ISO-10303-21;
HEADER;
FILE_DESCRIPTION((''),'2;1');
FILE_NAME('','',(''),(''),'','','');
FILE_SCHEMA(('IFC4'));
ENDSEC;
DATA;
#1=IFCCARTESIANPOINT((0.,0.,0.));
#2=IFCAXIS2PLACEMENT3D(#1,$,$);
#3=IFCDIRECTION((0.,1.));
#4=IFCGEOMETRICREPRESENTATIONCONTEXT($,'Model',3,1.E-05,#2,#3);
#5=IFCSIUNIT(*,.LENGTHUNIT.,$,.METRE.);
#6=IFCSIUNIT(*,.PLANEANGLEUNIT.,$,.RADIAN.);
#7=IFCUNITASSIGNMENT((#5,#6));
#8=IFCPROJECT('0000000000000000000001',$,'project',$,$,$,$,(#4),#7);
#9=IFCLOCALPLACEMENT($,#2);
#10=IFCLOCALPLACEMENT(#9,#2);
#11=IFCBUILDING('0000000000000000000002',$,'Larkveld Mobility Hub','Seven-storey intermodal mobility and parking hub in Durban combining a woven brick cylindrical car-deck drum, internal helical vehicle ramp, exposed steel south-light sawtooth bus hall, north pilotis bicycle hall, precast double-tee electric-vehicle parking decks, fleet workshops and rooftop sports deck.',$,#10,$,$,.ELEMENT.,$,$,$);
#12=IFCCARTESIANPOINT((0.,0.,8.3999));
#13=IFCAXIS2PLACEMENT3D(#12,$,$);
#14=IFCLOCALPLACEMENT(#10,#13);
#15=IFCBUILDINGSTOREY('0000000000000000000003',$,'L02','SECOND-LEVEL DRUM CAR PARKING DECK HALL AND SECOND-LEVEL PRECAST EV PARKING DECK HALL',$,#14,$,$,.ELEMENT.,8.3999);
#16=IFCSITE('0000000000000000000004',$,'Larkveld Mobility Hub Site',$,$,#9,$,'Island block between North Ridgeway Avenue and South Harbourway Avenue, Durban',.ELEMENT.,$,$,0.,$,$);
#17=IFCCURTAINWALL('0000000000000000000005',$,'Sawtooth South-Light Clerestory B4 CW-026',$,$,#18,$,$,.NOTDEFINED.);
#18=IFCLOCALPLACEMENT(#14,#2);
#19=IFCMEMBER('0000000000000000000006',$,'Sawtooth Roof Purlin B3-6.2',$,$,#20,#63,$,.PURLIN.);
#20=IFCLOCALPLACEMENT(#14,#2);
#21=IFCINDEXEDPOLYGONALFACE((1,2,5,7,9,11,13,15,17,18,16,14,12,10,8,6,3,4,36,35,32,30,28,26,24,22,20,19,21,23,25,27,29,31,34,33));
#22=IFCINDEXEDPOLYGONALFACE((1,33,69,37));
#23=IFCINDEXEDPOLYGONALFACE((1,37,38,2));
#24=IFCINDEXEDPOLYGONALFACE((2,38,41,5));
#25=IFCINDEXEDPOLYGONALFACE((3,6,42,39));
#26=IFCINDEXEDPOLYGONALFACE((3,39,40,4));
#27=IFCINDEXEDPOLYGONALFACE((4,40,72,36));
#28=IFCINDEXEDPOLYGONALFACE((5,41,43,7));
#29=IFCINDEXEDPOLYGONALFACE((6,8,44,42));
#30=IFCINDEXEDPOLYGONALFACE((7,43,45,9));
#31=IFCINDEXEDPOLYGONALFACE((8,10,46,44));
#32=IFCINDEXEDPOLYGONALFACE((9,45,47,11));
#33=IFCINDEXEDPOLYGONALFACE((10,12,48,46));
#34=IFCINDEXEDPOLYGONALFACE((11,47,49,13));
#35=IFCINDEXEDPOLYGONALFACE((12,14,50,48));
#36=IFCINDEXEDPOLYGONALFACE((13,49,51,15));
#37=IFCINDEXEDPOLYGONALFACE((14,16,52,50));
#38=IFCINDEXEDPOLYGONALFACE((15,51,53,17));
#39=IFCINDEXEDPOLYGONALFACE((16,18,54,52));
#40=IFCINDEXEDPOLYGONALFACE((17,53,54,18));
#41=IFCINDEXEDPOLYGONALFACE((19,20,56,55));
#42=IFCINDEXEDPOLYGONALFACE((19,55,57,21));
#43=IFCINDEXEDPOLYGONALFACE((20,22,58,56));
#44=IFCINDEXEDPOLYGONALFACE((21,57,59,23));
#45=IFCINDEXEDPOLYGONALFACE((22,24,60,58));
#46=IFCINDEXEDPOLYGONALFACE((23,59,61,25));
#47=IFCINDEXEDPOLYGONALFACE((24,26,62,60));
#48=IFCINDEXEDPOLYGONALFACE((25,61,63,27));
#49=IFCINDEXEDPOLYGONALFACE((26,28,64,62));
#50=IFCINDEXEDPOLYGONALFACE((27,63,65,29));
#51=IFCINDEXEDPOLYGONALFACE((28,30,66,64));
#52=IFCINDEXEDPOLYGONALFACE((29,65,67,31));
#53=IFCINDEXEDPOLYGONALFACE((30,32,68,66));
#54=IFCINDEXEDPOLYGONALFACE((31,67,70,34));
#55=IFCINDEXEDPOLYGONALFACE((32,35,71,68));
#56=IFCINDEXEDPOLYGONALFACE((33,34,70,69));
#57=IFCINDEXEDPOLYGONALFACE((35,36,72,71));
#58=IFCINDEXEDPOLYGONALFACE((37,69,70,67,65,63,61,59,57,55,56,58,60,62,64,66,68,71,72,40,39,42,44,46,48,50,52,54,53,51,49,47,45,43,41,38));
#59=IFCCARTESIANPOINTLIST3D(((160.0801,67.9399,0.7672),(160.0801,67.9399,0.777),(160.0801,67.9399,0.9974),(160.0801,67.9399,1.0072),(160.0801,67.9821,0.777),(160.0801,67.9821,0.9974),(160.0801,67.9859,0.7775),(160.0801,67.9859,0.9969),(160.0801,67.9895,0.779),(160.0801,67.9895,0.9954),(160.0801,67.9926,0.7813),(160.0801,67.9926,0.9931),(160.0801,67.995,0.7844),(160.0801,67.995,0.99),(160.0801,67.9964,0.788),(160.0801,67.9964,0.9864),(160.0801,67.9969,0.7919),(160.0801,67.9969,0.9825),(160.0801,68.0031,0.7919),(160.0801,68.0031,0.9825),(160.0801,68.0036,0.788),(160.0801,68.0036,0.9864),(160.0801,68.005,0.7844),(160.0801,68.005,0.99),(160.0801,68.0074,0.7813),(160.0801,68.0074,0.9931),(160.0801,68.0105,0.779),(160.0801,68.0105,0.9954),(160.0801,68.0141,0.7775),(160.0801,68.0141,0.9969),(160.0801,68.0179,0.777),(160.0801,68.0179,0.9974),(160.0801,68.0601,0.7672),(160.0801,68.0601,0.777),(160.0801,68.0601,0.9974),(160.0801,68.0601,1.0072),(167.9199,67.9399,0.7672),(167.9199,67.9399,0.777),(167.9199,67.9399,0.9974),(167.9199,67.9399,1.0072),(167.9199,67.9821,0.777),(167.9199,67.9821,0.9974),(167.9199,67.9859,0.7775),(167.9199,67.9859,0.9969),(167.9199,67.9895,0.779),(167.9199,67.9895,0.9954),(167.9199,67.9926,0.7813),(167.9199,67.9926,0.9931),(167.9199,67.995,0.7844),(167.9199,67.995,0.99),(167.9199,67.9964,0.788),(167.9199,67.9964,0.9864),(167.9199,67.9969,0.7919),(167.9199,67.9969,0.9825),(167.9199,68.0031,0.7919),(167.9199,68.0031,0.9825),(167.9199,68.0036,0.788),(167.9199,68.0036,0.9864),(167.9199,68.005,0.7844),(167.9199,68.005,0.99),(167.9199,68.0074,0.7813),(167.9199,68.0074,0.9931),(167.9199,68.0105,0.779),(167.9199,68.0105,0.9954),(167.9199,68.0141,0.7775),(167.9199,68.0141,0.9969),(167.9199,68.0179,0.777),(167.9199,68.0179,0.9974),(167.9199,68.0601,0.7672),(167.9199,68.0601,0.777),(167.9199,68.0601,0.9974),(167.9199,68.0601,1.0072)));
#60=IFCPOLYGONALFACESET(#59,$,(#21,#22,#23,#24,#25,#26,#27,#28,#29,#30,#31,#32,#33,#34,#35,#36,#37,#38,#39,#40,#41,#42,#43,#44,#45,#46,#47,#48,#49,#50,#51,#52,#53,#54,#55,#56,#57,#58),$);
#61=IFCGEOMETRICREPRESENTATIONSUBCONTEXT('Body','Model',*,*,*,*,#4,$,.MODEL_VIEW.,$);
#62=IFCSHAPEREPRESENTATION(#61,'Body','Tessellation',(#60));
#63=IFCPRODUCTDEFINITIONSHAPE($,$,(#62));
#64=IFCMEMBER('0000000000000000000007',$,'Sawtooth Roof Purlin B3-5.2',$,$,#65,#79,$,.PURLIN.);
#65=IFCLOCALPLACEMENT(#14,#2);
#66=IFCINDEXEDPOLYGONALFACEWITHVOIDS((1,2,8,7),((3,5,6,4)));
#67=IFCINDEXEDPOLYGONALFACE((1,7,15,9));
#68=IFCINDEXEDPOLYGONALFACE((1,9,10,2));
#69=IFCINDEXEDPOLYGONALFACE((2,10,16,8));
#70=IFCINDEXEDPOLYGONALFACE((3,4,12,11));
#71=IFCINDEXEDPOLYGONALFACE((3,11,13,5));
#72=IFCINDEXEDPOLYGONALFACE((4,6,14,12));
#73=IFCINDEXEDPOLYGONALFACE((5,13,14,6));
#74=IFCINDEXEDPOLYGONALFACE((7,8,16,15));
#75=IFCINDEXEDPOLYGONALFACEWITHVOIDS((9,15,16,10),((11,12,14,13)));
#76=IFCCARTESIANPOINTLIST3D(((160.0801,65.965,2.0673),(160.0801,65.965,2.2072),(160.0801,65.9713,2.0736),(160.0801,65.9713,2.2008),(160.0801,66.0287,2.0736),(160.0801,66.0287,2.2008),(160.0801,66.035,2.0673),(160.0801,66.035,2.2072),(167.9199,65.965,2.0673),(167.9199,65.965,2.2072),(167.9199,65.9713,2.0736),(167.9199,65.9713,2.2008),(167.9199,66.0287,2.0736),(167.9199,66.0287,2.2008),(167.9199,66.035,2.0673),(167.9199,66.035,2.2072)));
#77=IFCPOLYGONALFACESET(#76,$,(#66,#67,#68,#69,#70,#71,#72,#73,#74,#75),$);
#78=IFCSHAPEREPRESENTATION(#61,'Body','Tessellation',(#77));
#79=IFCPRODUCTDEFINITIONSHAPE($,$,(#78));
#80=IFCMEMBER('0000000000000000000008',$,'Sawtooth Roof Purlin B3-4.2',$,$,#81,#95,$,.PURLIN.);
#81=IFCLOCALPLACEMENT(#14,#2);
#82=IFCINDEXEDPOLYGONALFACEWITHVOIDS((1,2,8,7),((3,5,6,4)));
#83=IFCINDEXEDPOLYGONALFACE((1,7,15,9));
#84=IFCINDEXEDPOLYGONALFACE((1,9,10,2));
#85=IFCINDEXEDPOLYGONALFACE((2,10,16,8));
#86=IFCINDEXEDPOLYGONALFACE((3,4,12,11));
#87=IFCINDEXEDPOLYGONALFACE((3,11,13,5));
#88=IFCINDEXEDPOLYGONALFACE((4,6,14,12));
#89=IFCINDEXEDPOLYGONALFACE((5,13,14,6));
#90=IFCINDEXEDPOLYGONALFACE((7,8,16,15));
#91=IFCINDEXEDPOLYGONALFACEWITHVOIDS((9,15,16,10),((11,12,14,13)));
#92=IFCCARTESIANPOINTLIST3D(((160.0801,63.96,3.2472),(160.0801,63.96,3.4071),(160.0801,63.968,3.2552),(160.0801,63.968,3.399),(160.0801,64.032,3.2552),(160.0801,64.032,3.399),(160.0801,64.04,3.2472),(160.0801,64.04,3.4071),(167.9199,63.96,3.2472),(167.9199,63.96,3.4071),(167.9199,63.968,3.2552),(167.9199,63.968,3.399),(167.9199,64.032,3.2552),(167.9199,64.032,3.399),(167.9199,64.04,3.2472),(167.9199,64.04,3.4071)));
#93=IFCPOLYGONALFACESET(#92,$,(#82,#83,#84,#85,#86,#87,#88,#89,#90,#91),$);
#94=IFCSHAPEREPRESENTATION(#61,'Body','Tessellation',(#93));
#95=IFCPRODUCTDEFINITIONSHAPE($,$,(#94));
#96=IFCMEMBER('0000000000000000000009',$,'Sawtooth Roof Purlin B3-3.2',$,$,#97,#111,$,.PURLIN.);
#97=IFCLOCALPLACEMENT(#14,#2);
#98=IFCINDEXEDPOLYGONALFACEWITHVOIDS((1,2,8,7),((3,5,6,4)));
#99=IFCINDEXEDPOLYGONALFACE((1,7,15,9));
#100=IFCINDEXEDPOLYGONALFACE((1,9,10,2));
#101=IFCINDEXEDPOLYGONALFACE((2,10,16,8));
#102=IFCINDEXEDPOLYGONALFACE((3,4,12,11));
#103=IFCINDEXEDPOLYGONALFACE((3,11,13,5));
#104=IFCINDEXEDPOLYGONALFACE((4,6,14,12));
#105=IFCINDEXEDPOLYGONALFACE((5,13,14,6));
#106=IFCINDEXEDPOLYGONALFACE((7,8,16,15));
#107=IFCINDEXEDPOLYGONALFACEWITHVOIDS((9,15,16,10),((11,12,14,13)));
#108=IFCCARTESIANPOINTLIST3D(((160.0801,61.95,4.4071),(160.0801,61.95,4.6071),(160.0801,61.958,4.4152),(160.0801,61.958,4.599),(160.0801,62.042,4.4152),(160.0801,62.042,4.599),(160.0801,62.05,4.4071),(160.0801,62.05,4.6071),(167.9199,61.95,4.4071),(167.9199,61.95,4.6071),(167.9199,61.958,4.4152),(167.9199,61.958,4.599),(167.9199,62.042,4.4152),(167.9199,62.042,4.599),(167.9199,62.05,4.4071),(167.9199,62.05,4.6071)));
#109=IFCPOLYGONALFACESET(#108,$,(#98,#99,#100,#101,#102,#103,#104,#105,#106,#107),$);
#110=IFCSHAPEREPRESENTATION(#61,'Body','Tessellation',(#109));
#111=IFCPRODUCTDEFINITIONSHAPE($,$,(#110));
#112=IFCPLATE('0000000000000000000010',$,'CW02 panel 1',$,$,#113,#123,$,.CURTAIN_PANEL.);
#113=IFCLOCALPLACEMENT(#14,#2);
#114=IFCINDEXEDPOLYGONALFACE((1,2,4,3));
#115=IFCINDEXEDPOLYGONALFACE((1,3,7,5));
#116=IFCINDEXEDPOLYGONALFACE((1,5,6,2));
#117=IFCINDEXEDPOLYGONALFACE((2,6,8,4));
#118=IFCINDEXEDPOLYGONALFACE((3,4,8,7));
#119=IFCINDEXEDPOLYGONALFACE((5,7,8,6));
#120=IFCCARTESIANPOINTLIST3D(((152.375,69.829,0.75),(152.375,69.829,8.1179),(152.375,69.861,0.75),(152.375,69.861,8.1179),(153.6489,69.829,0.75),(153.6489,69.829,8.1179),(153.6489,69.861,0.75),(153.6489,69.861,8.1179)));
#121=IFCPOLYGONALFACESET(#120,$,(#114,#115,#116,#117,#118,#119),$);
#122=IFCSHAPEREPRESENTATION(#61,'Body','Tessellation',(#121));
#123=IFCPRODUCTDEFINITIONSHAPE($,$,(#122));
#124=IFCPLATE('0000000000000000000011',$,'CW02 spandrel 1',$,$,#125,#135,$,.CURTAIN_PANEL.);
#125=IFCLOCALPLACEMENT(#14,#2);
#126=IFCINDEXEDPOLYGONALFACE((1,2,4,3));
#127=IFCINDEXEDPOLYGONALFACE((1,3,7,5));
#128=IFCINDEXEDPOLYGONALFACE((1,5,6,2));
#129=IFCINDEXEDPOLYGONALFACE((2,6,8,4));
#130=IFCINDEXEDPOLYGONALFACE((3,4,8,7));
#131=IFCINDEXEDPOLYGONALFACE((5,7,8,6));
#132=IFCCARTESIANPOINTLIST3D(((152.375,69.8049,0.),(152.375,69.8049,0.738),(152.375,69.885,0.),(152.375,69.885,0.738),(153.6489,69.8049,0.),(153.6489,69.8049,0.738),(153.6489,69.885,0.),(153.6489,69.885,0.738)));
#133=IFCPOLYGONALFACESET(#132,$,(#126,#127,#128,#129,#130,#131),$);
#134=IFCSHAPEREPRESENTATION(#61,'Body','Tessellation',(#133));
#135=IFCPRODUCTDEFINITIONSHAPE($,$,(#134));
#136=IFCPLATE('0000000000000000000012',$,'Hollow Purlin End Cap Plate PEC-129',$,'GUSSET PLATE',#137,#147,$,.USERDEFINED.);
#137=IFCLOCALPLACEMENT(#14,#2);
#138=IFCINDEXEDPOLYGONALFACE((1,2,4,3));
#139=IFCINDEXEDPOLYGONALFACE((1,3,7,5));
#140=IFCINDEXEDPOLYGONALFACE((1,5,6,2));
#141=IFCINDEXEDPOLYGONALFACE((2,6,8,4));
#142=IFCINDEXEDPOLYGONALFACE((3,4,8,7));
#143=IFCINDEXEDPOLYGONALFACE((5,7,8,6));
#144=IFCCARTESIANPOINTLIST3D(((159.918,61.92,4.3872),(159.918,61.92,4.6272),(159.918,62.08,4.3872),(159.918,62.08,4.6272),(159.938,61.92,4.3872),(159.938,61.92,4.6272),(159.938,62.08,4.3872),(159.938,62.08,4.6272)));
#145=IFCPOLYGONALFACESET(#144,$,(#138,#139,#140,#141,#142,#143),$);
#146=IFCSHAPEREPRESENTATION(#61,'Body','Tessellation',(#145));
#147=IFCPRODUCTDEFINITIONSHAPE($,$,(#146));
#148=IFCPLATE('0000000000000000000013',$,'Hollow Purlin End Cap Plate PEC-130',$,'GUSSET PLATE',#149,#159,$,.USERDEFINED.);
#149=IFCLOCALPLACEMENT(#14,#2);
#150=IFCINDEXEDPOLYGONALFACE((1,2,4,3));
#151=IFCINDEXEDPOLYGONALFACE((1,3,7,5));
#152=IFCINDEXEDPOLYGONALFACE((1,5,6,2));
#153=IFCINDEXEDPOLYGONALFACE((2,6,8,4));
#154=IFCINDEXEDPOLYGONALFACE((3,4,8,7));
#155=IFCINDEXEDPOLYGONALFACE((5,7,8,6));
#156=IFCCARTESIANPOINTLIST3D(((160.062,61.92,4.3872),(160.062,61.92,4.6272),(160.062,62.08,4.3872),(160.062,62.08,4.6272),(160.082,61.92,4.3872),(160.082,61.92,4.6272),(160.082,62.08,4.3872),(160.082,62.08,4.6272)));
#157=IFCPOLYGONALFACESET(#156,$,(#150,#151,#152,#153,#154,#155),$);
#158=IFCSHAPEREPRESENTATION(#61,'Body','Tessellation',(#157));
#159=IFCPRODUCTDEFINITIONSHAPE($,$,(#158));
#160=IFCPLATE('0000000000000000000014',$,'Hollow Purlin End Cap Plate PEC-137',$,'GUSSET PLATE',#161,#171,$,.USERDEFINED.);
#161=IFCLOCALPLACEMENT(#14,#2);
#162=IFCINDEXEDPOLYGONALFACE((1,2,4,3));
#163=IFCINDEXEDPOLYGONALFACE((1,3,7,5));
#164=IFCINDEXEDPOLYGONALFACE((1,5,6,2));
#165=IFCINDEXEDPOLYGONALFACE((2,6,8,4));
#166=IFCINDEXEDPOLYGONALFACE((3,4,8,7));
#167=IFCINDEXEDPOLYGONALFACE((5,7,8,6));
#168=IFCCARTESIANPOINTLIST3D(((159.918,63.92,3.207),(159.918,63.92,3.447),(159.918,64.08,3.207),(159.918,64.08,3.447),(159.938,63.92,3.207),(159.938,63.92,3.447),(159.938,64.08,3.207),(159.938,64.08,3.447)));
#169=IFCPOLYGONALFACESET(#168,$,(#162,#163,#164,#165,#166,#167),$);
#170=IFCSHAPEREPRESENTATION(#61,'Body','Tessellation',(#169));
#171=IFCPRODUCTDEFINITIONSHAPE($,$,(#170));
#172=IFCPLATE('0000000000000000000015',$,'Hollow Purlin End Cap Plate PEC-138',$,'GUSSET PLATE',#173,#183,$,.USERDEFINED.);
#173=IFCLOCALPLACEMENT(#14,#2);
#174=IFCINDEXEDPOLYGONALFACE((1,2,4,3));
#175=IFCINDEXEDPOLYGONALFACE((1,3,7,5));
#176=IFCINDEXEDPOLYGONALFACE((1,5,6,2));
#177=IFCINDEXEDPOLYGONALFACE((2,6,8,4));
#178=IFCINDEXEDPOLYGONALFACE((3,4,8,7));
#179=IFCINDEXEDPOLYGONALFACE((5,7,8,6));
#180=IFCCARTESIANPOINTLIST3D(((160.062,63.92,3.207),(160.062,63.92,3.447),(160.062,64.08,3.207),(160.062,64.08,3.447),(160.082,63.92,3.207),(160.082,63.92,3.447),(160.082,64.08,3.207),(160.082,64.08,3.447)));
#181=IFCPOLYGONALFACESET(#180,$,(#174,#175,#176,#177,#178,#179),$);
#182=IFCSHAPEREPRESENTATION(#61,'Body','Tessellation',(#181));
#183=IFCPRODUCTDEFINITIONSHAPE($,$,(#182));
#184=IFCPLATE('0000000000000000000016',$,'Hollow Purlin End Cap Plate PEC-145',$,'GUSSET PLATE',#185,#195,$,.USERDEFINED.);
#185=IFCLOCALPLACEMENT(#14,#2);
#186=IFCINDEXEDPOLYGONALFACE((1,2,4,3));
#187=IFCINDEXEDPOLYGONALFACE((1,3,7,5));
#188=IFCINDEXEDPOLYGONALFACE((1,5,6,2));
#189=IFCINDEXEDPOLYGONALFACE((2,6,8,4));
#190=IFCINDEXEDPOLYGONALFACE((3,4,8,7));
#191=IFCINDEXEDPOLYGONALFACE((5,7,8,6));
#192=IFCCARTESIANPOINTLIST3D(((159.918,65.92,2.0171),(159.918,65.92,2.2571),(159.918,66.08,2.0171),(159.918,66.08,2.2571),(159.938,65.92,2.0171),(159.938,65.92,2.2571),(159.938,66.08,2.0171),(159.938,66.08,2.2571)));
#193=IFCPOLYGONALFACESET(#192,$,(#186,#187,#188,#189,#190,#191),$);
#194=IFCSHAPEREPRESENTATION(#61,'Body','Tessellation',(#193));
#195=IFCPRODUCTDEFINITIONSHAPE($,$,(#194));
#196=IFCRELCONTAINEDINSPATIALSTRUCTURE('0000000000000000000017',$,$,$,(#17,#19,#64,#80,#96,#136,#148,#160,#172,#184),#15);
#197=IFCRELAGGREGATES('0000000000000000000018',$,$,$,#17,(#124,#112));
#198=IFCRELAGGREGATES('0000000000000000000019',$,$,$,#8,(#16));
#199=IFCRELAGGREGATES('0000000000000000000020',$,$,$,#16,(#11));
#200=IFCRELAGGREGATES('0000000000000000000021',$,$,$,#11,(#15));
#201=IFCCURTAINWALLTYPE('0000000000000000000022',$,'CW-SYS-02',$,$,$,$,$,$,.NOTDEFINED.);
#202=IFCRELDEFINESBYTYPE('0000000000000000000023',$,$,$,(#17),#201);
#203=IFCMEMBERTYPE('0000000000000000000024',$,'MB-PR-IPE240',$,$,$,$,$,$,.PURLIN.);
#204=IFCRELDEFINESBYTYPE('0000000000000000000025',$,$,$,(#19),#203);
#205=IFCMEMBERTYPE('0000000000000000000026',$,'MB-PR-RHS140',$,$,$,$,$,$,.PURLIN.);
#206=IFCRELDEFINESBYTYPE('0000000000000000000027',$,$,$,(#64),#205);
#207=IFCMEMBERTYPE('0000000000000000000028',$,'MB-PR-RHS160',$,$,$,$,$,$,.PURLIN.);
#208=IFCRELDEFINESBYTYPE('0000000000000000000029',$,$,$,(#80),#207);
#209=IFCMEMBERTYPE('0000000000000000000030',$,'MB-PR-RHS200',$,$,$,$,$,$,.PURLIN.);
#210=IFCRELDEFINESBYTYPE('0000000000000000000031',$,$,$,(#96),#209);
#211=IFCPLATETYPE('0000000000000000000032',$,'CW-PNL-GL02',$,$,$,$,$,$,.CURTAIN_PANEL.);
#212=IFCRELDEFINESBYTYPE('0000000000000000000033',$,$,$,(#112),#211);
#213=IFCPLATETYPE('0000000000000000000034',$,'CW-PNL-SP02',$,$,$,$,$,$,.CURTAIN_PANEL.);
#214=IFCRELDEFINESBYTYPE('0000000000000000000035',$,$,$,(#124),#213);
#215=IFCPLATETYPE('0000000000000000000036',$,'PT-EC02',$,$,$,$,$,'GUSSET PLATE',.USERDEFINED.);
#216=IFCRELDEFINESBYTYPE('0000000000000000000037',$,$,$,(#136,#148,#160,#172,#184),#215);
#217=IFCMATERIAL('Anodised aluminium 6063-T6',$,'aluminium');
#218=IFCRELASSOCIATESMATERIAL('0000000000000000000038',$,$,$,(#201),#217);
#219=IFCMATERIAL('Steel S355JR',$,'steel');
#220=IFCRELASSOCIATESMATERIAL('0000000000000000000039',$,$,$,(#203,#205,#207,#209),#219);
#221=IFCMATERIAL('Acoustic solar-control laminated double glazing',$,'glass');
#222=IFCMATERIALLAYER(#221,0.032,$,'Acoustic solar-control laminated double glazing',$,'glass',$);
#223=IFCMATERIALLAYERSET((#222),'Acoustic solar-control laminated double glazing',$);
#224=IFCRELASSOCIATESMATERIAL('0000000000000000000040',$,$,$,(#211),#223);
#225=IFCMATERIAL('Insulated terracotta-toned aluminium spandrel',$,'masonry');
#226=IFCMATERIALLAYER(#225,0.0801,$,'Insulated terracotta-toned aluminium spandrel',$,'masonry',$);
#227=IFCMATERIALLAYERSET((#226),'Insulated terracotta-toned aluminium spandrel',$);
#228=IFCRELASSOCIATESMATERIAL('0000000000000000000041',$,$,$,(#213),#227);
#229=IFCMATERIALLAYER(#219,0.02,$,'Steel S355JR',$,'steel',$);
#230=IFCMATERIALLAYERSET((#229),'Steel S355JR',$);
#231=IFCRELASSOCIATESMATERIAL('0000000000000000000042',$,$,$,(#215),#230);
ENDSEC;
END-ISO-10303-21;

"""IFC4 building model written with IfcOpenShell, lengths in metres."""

from ifc_helpers import new_model, si_unit, direction, frame, origin, origin_2d, place, context, subcontext, project, spatial, rectangle, hollow_rectangle, i_section, extrude, material, layer, layer_set, material_profile, profile_set, type_object, element, aggregate, save


model = new_model("IFC4")

# Units and contexts
model_context = context("Model", 3, precision=1e-05, world=origin(), true_north=direction((0.0, 1.0)))
body_context = subcontext(model_context, "Body", "Model", "MODEL_VIEW")
ifc_project = project(units=[si_unit("LENGTHUNIT", "METRE"), si_unit("PLANEANGLEUNIT", "RADIAN")], contexts=[model_context])

# Site, building, storey
site_placement = place(None, origin())
site = spatial("IfcSite", under=ifc_project, at=site_placement, Name="Larkveld Mobility Hub Site", LongName="Island block between North Ridgeway Avenue and South Harbourway Avenue, Durban", CompositionType="ELEMENT", RefElevation=0.0)
building_placement = place(site_placement, origin())
building = spatial("IfcBuilding", under=site, at=building_placement, Name="Larkveld Mobility Hub", Description="Seven-storey intermodal mobility and parking hub in Durban combining a woven brick cylindrical car-deck drum, internal helical vehicle ramp, exposed steel south-light sawtooth bus hall, north pilotis bicycle hall, precast double-tee electric-vehicle parking decks, fleet workshops and rooftop sports deck.", CompositionType="ELEMENT")
storey_placement = place(building_placement, frame((0.0, 0.0, 8.3999)))
storey = spatial("IfcBuildingStorey", under=building, at=storey_placement, Name="L02", Description="SECOND-LEVEL DRUM CAR PARKING DECK HALL AND SECOND-LEVEL PRECAST EV PARKING DECK HALL", CompositionType="ELEMENT", Elevation=8.3999)

# Curtain wall
ifc_material_1 = material(Name="Anodised aluminium 6063-T6", Category="aluminium")
curtain_wall_type = type_object("IfcCurtainWallType", Name="CW-SYS-02", PredefinedType="NOTDEFINED", material=ifc_material_1)
curtain_wall_placement = place(storey_placement, origin())
curtain_wall = element("IfcCurtainWall", 1, at=curtain_wall_placement, inside=storey, type_object=curtain_wall_type, Name="Sawtooth South-Light Clerestory B4 CW-026", PredefinedType="NOTDEFINED")

# Members
ifc_material_2 = material(Name="Steel S355JR", Category="steel")
ifc_material_profile_1 = material_profile(ifc_material_2, i_section(OverallWidth=0.1201, OverallDepth=0.24, WebThickness=0.0061, FlangeThickness=0.0098, FilletRadius=0.0149, at=origin_2d()), Name="IPE 240")
ifc_profile_set_1 = profile_set([ifc_material_profile_1], Name="Steel S355JR")
member_type_1 = type_object("IfcMemberType", Name="MB-PR-IPE240", PredefinedType="PURLIN", material=ifc_profile_set_1)
for number, where, z_axis, x_axis, name in (
    (2, (160.0801, 68.0, 0.8872), (1.0, 0.0, 0.0), (0.0, 1.0, 0.0), "Sawtooth Roof Purlin B3-6.2"),
):
    element("IfcMember", number, at=place(storey_placement, frame(where, z_axis=z_axis, x_axis=x_axis)), inside=storey, type_object=member_type_1, Name=name, PredefinedType="PURLIN", context=body_context, shape_type="SweptSolid", body=[
        extrude(i_section(OverallWidth=0.1201, OverallDepth=0.24, WebThickness=0.0061, FlangeThickness=0.0098, FilletRadius=0.0149, at=origin_2d()), origin(), (0.0, 0.0, 1.0), 7.8398),
    ])
ifc_material_profile_2 = material_profile(ifc_material_2, hollow_rectangle(XDim=0.0701, YDim=0.1399, WallThickness=0.0063, at=origin_2d()), Name="RHS 140x70x6.3")
ifc_profile_set_2 = profile_set([ifc_material_profile_2], Name="Steel S355JR")
member_type_2 = type_object("IfcMemberType", Name="MB-PR-RHS140", PredefinedType="PURLIN", material=ifc_profile_set_2)
member_1_placement = place(storey_placement, frame((160.0801, 66.0, 2.1372), z_axis=(1.0, 0.0, 0.0), x_axis=(0.0, 1.0, 0.0)))
element("IfcMember", 3, at=member_1_placement, inside=storey, type_object=member_type_2, Name="Sawtooth Roof Purlin B3-5.2", PredefinedType="PURLIN", context=body_context, shape_type="SweptSolid", body=[
    extrude(hollow_rectangle(XDim=0.0701, YDim=0.1399, WallThickness=0.0063, at=origin_2d()), origin(), (0.0, 0.0, 1.0), 7.8398),
])
ifc_material_profile_3 = material_profile(ifc_material_2, hollow_rectangle(XDim=0.0801, YDim=0.1599, WallThickness=0.0081, at=origin_2d()), Name="RHS 160x80x8")
ifc_profile_set_3 = profile_set([ifc_material_profile_3], Name="Steel S355JR")
member_type_3 = type_object("IfcMemberType", Name="MB-PR-RHS160", PredefinedType="PURLIN", material=ifc_profile_set_3)
member_2_placement = place(storey_placement, frame((160.0801, 64.0, 3.3271), z_axis=(1.0, 0.0, 0.0), x_axis=(0.0, 1.0, 0.0)))
element("IfcMember", 4, at=member_2_placement, inside=storey, type_object=member_type_3, Name="Sawtooth Roof Purlin B3-4.2", PredefinedType="PURLIN", context=body_context, shape_type="SweptSolid", body=[
    extrude(hollow_rectangle(XDim=0.0801, YDim=0.1599, WallThickness=0.0081, at=origin_2d()), origin(), (0.0, 0.0, 1.0), 7.8398),
])
ifc_material_profile_4 = material_profile(ifc_material_2, hollow_rectangle(XDim=0.1001, YDim=0.2, WallThickness=0.0081, at=origin_2d()), Name="RHS 200x100x8")
ifc_profile_set_4 = profile_set([ifc_material_profile_4], Name="Steel S355JR")
member_type_4 = type_object("IfcMemberType", Name="MB-PR-RHS200", PredefinedType="PURLIN", material=ifc_profile_set_4)
member_3_placement = place(storey_placement, frame((160.0801, 62.0, 4.5071), z_axis=(1.0, 0.0, 0.0), x_axis=(0.0, 1.0, 0.0)))
element("IfcMember", 5, at=member_3_placement, inside=storey, type_object=member_type_4, Name="Sawtooth Roof Purlin B3-3.2", PredefinedType="PURLIN", context=body_context, shape_type="SweptSolid", body=[
    extrude(hollow_rectangle(XDim=0.1001, YDim=0.2, WallThickness=0.0081, at=origin_2d()), origin(), (0.0, 0.0, 1.0), 7.8398),
])

# Plates
ifc_material_3 = material(Name="Acoustic solar-control laminated double glazing", Category="glass")
ifc_layer_1 = layer(ifc_material_3, 0.032, Name="Acoustic solar-control laminated double glazing", Category="glass")
ifc_layer_set_1 = layer_set([ifc_layer_1], Name="Acoustic solar-control laminated double glazing")
plate_type_1 = type_object("IfcPlateType", Name="CW-PNL-GL02", PredefinedType="CURTAIN_PANEL", material=ifc_layer_set_1)
plate_1_placement = place(storey_placement, frame((153.012, 69.845, 0.75), z_axis=(0.0, 0.0, 1.0), x_axis=(1.0, 0.0, 0.0)))
plate_1 = element("IfcPlate", 6, at=plate_1_placement, type_object=plate_type_1, Name="CW02 panel 1", PredefinedType="CURTAIN_PANEL", context=body_context, shape_type="SweptSolid", body=[
    extrude(rectangle(XDim=1.2739, YDim=0.032, at=origin_2d()), origin(), (0.0, 0.0, 1.0), 7.3679),
])
ifc_material_4 = material(Name="Insulated terracotta-toned aluminium spandrel", Category="masonry")
ifc_layer_2 = layer(ifc_material_4, 0.0801, Name="Insulated terracotta-toned aluminium spandrel", Category="masonry")
ifc_layer_set_2 = layer_set([ifc_layer_2], Name="Insulated terracotta-toned aluminium spandrel")
plate_type_2 = type_object("IfcPlateType", Name="CW-PNL-SP02", PredefinedType="CURTAIN_PANEL", material=ifc_layer_set_2)
plate_2_placement = place(storey_placement, frame((153.012, 69.845, 0.0), z_axis=(0.0, 0.0, 1.0), x_axis=(1.0, 0.0, 0.0)))
plate_2 = element("IfcPlate", 7, at=plate_2_placement, type_object=plate_type_2, Name="CW02 spandrel 1", PredefinedType="CURTAIN_PANEL", context=body_context, shape_type="SweptSolid", body=[
    extrude(rectangle(XDim=1.2739, YDim=0.0801, at=origin_2d()), origin(), (0.0, 0.0, 1.0), 0.738),
])
aggregate(curtain_wall, [plate_2, plate_1])

# Plates
ifc_layer_3 = layer(ifc_material_2, 0.02, Name="Steel S355JR", Category="steel")
ifc_layer_set_3 = layer_set([ifc_layer_3], Name="Steel S355JR")
plate_type_3 = type_object("IfcPlateType", Name="PT-EC02", ElementType="GUSSET PLATE", PredefinedType="USERDEFINED", material=ifc_layer_set_3)
for number, where, z_axis, x_axis, name in (
    (8, (159.928, 62.0, 4.3872), (0.0, 0.0, 1.0), (1.0, 0.0, 0.0), "Hollow Purlin End Cap Plate PEC-129"),
    (9, (160.072, 62.0, 4.3872), (0.0, 0.0, 1.0), (1.0, 0.0, 0.0), "Hollow Purlin End Cap Plate PEC-130"),
    (10, (159.928, 64.0, 3.207), (0.0, 0.0, 1.0), (1.0, 0.0, 0.0), "Hollow Purlin End Cap Plate PEC-137"),
    (11, (160.072, 64.0, 3.207), (0.0, 0.0, 1.0), (1.0, 0.0, 0.0), "Hollow Purlin End Cap Plate PEC-138"),
    (12, (159.928, 66.0, 2.0171), (0.0, 0.0, 1.0), (1.0, 0.0, 0.0), "Hollow Purlin End Cap Plate PEC-145"),
):
    element("IfcPlate", number, at=place(storey_placement, frame(where, z_axis=z_axis, x_axis=x_axis)), inside=storey, type_object=plate_type_3, Name=name, ObjectType="GUSSET PLATE", PredefinedType="USERDEFINED", context=body_context, shape_type="SweptSolid", body=[
        extrude(rectangle(XDim=0.02, YDim=0.1599, at=origin_2d()), origin(), (0.0, 0.0, 1.0), 0.24),
    ])

save(model, "model.ifc")
